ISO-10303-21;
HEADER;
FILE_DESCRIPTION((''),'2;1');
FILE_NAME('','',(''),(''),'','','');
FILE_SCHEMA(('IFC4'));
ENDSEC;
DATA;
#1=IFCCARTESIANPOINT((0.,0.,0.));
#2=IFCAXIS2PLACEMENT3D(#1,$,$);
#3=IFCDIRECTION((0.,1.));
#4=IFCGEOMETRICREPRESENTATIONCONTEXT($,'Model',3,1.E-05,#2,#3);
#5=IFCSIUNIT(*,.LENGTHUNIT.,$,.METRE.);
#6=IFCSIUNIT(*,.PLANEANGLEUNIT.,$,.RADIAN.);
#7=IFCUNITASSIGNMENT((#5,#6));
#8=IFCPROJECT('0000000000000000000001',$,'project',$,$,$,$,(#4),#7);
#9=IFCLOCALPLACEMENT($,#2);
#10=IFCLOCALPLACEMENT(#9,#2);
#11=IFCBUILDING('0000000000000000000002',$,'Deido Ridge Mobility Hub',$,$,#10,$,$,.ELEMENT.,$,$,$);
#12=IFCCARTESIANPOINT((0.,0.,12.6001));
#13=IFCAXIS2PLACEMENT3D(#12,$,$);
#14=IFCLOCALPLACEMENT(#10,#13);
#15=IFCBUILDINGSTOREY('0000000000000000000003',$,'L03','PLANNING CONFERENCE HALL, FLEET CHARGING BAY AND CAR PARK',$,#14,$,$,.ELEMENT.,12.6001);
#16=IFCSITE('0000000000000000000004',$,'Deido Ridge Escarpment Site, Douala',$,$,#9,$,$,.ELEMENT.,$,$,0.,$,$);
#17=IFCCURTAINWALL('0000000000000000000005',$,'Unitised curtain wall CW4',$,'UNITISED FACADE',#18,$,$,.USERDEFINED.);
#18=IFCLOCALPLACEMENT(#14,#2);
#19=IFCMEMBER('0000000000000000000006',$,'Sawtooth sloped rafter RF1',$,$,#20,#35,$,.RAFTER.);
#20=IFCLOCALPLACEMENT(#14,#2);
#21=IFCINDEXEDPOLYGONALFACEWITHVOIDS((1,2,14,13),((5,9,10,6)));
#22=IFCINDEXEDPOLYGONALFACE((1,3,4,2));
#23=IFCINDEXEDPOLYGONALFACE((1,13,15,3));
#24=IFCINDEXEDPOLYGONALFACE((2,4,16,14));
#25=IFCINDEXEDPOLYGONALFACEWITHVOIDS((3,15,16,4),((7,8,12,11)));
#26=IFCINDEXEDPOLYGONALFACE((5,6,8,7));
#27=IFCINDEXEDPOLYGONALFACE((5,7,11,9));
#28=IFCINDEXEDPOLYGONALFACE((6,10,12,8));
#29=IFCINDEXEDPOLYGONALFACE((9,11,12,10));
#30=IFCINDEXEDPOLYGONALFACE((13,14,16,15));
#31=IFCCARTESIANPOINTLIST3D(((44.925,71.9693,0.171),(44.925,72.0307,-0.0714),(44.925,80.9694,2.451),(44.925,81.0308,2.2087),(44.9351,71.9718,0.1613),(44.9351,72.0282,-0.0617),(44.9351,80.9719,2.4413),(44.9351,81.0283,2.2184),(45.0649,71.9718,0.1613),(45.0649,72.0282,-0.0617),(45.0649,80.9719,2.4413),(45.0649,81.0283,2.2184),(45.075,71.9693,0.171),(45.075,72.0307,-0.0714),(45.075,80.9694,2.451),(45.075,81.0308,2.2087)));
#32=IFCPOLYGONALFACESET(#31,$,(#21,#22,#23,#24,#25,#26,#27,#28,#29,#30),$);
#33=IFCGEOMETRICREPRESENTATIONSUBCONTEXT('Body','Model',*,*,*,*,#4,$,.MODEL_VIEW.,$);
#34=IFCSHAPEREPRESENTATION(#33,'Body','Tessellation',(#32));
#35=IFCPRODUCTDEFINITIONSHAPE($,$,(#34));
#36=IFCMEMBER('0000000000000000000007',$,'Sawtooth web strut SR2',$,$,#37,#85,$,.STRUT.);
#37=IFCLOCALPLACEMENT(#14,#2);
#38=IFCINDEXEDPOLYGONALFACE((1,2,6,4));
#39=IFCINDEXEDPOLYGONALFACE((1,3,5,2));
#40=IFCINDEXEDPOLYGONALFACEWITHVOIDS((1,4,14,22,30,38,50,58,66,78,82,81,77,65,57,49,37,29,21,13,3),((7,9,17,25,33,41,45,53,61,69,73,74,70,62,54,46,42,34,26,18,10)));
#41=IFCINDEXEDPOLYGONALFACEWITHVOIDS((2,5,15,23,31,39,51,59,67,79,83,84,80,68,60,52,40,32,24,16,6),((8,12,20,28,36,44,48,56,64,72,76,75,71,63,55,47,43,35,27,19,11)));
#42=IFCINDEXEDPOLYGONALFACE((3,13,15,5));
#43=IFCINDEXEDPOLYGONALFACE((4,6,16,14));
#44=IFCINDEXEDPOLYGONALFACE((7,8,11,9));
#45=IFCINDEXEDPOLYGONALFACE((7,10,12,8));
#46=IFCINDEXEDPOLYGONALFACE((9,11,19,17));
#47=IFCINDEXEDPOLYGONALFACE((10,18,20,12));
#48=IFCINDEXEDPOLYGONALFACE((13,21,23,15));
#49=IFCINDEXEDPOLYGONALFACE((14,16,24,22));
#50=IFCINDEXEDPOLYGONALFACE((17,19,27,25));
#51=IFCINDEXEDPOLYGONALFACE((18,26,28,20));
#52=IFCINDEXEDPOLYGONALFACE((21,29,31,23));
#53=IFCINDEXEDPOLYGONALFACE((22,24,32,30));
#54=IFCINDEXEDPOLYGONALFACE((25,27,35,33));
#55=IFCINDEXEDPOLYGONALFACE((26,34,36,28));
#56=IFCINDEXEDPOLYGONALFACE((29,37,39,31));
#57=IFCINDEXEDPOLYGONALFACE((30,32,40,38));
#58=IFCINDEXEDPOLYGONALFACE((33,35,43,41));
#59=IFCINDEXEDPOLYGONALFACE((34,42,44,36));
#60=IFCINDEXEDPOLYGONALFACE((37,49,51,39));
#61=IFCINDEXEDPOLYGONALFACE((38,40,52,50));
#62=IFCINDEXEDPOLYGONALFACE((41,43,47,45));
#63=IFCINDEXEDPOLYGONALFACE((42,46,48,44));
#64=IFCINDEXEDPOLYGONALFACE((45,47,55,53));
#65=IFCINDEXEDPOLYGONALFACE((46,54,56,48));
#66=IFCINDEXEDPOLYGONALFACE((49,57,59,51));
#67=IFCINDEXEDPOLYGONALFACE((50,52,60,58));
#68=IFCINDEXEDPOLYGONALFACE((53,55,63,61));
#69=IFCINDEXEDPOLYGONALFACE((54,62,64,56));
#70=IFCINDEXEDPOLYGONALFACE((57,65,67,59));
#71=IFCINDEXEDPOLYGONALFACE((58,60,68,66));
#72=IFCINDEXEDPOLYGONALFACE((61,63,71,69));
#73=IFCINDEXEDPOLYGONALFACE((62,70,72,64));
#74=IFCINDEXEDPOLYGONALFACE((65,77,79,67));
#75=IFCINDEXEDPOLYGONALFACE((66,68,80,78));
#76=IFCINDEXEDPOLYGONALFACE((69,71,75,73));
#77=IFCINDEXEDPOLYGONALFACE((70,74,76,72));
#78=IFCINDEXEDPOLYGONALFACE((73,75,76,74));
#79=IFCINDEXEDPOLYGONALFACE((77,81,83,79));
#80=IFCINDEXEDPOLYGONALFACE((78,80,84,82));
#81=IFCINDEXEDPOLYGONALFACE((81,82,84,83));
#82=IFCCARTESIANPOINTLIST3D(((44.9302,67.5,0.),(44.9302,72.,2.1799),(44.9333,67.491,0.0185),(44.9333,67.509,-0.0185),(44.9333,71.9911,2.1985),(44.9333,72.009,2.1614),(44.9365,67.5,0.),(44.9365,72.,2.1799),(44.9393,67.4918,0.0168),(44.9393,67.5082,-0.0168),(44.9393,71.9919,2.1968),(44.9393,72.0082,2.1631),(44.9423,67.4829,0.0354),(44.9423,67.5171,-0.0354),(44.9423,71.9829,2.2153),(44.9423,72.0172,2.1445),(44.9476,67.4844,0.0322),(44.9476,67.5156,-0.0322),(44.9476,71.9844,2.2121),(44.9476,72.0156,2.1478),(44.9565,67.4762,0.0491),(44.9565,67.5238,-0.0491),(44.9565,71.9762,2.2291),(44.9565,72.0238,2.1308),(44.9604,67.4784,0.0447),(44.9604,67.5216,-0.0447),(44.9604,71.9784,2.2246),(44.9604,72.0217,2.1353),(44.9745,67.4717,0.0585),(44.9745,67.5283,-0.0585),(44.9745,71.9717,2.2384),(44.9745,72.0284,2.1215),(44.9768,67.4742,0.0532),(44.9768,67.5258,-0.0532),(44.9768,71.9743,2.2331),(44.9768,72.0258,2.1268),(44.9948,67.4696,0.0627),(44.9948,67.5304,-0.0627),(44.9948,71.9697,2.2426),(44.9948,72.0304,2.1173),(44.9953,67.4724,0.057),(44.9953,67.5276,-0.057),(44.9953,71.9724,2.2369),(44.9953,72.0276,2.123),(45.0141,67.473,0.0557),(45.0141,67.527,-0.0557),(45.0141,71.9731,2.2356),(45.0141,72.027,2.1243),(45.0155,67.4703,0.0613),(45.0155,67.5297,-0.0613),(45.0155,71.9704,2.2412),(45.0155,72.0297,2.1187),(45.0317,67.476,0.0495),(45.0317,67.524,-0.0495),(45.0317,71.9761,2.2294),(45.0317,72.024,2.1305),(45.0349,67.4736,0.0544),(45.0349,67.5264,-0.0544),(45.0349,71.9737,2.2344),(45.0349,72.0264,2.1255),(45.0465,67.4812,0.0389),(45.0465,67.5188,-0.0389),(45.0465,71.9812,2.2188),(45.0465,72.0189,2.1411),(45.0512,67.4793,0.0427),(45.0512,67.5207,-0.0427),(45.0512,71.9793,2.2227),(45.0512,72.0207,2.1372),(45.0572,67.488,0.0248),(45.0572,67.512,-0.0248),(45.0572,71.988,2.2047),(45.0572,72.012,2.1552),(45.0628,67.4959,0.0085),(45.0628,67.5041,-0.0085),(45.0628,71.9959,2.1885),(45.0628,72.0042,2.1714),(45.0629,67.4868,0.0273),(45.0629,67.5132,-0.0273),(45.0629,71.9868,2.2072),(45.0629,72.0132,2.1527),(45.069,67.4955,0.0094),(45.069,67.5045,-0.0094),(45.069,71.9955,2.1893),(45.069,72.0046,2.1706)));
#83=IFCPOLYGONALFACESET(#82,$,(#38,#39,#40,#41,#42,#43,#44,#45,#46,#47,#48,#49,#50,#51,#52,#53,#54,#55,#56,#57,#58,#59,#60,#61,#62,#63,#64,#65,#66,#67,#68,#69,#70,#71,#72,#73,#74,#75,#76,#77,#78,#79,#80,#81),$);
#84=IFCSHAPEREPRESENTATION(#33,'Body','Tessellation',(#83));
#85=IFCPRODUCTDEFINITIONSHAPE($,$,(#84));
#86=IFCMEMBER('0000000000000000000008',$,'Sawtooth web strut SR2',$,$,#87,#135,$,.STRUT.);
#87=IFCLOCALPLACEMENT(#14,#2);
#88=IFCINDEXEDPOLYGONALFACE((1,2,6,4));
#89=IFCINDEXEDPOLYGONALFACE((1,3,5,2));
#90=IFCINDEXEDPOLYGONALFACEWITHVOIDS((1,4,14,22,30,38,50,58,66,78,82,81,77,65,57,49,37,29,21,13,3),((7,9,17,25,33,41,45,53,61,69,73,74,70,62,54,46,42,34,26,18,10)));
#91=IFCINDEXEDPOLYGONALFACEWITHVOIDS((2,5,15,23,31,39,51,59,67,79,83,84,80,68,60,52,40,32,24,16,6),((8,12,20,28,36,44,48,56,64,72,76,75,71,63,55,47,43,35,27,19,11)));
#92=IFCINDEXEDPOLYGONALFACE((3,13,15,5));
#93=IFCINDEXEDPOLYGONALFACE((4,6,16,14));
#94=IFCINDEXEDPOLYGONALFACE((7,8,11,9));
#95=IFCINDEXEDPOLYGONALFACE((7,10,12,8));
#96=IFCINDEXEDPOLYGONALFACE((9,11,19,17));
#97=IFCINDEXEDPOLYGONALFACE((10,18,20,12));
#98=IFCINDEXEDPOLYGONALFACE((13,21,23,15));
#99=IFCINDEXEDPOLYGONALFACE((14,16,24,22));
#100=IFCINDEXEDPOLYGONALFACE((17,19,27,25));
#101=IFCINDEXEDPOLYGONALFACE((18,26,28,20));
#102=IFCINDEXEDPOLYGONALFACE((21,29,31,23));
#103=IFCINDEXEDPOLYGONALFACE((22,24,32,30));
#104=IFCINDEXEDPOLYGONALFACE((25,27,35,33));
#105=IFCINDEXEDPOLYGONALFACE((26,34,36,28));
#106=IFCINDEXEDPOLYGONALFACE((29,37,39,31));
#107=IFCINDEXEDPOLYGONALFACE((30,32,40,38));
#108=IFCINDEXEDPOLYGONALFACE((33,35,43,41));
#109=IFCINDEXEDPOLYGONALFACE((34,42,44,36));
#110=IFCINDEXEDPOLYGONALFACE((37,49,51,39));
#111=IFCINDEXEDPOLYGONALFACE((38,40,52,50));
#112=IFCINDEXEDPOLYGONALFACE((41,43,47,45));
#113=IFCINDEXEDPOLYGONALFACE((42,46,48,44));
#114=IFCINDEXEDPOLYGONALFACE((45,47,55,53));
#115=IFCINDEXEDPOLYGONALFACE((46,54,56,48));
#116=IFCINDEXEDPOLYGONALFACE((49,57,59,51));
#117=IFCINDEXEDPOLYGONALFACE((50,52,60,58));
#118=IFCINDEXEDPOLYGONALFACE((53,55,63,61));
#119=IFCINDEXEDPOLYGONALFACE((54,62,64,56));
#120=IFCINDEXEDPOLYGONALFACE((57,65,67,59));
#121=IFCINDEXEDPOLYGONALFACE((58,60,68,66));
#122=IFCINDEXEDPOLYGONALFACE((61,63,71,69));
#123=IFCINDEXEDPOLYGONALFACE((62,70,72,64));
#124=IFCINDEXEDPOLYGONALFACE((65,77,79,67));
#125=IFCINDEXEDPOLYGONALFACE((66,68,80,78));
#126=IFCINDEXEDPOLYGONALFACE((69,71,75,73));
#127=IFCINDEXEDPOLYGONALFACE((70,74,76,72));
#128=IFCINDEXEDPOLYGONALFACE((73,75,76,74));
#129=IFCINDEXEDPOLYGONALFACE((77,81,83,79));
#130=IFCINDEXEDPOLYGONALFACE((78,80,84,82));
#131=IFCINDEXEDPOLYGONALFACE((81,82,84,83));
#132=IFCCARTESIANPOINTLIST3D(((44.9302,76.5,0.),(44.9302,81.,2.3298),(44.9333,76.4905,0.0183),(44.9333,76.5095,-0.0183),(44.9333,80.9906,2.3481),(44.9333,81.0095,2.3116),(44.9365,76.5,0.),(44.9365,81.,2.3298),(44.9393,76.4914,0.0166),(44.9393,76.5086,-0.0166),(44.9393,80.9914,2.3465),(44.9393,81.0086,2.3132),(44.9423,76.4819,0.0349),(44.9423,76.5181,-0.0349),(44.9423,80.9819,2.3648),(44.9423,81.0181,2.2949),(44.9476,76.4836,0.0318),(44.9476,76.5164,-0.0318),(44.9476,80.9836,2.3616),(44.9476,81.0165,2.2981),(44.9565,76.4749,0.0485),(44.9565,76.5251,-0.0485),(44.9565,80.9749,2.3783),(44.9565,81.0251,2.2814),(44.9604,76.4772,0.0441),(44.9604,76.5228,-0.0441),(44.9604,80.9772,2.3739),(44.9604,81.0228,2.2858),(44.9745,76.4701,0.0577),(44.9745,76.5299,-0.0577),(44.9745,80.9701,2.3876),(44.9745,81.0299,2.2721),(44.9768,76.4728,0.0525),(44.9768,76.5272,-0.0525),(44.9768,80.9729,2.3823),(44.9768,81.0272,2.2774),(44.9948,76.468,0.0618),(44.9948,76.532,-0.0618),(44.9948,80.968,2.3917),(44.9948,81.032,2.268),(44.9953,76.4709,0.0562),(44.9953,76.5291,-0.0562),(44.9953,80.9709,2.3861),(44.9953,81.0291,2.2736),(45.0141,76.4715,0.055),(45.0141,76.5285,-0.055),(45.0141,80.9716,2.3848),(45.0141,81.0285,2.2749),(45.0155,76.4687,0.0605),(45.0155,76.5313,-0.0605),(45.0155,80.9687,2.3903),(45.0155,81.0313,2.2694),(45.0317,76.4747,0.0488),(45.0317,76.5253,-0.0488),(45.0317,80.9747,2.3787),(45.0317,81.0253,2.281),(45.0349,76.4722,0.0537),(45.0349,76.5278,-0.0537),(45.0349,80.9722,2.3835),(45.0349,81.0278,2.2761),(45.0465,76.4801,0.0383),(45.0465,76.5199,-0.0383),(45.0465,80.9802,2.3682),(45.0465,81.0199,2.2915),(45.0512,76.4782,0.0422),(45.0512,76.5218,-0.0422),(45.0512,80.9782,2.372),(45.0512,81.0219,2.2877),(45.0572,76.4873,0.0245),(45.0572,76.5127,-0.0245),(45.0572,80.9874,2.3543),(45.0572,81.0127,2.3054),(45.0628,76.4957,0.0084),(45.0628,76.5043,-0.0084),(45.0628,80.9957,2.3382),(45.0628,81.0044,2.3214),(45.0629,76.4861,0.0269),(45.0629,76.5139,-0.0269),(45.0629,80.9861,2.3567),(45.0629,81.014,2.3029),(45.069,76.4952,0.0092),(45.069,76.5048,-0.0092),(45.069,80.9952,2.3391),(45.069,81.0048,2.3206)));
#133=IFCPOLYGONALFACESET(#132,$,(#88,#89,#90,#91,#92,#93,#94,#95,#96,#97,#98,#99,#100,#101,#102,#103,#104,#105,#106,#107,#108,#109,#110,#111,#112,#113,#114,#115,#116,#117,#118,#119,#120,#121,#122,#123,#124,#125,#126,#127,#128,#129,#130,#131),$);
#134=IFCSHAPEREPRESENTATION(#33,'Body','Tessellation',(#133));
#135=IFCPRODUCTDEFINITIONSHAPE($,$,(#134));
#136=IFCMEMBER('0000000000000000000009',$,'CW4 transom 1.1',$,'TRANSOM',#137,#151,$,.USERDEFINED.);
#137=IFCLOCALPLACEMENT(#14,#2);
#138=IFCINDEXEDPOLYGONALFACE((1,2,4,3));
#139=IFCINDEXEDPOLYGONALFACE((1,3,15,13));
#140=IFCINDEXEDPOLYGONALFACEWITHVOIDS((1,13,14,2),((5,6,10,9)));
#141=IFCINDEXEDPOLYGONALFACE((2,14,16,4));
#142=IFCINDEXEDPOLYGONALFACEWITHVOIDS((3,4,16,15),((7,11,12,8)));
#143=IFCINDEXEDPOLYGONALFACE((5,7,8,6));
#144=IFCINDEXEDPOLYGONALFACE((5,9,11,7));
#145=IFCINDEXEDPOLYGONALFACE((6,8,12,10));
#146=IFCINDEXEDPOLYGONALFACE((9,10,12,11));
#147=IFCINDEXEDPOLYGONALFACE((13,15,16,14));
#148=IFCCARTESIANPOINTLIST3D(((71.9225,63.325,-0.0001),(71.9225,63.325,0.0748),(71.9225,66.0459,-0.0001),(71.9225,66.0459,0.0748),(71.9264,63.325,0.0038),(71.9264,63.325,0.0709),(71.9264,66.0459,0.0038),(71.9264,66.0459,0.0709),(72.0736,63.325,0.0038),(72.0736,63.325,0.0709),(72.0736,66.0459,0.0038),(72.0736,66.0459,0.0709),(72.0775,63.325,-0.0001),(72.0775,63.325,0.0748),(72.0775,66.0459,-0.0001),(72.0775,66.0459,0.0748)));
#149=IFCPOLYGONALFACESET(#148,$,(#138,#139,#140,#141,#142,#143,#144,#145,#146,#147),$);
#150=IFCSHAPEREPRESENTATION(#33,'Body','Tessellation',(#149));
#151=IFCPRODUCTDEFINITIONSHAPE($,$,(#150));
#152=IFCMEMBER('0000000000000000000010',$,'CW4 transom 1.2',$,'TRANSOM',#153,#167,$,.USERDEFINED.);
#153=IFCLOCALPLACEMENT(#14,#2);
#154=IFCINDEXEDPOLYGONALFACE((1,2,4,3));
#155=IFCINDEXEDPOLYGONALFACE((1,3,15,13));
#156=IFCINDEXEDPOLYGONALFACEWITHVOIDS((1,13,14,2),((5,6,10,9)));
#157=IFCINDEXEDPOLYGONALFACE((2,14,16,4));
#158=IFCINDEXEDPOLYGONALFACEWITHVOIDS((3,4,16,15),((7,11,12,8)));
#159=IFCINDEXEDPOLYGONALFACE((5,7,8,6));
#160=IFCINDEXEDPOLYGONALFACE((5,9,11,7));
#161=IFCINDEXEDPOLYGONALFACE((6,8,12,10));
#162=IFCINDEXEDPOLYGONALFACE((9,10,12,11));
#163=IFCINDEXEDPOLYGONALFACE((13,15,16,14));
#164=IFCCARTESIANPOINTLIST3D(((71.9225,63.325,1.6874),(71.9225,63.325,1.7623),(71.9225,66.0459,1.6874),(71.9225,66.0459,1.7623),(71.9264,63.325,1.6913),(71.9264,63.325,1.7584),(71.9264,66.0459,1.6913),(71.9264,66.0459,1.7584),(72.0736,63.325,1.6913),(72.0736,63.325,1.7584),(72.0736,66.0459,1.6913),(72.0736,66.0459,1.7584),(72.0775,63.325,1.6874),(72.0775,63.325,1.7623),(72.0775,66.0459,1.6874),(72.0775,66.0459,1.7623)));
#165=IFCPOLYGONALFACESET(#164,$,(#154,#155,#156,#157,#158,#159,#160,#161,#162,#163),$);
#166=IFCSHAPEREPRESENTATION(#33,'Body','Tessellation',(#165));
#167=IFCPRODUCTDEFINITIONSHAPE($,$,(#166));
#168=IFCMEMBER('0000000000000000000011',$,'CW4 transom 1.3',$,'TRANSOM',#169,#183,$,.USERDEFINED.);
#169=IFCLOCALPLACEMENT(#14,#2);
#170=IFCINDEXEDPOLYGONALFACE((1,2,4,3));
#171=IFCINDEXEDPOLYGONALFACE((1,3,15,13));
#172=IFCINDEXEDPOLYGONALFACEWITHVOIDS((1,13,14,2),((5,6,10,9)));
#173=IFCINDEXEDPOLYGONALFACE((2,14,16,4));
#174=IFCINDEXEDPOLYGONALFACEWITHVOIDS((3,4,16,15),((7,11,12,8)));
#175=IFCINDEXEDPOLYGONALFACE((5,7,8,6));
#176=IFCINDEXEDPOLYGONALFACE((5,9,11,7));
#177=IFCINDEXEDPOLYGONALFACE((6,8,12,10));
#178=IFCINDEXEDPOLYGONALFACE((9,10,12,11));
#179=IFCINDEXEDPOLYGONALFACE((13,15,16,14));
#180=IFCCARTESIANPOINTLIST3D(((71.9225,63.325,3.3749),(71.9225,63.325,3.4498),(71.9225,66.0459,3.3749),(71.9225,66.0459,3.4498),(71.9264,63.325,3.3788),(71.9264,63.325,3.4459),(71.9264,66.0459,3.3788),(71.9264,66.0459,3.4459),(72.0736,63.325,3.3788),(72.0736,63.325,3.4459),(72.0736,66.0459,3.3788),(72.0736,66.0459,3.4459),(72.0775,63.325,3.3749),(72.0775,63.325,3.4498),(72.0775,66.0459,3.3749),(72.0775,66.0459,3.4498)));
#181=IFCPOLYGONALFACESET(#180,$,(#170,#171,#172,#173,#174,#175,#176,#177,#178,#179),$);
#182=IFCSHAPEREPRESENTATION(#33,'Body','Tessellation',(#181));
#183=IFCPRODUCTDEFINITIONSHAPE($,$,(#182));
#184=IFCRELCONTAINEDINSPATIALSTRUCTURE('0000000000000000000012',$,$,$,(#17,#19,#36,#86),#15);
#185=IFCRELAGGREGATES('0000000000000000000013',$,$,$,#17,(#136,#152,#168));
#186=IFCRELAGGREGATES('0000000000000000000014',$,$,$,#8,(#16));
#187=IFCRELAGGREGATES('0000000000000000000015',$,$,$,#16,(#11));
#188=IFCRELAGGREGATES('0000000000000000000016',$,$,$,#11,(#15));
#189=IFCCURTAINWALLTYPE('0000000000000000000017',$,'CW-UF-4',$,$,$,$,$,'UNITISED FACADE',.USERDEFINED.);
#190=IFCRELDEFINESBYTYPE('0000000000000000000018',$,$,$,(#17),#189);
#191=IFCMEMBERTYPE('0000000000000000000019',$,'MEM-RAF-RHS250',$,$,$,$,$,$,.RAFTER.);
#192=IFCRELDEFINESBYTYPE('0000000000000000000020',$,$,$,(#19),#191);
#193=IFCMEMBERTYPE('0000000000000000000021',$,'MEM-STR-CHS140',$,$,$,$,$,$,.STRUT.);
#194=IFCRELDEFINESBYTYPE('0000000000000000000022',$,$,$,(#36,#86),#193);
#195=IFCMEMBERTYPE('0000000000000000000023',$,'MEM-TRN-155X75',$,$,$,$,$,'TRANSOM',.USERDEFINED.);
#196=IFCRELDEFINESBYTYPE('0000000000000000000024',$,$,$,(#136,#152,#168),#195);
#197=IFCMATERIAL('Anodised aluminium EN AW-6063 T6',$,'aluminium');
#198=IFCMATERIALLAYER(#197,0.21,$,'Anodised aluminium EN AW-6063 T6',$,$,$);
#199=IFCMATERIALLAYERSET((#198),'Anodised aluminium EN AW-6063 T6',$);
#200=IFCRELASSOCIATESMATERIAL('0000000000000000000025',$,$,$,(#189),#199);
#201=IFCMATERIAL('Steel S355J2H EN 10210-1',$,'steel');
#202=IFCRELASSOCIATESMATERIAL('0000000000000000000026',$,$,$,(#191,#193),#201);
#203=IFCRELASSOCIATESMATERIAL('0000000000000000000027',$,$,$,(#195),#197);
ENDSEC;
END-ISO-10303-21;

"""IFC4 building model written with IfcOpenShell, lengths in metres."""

from ifc_helpers import new_model, si_unit, direction, frame, origin, origin_2d, place, context, subcontext, project, spatial, hollow_rectangle, hollow_circle, extrude, material, layer, layer_set, material_profile, profile_set, type_object, element, aggregate, save


model = new_model("IFC4")

# Units and contexts
model_context = context("Model", 3, precision=1e-05, world=origin(), true_north=direction((0.0, 1.0)))
body_context = subcontext(model_context, "Body", "Model", "MODEL_VIEW")
ifc_project = project(units=[si_unit("LENGTHUNIT", "METRE"), si_unit("PLANEANGLEUNIT", "RADIAN")], contexts=[model_context])

# Site, building, storey
site_placement = place(None, origin())
site = spatial("IfcSite", under=ifc_project, at=site_placement, Name="Deido Ridge Escarpment Site, Douala", CompositionType="ELEMENT", RefElevation=0.0)
building_placement = place(site_placement, origin())
building = spatial("IfcBuilding", under=site, at=building_placement, Name="Deido Ridge Mobility Hub", CompositionType="ELEMENT")
storey_placement = place(building_placement, frame((0.0, 0.0, 12.6001)))
storey = spatial("IfcBuildingStorey", under=building, at=storey_placement, Name="L03", Description="PLANNING CONFERENCE HALL, FLEET CHARGING BAY AND CAR PARK", CompositionType="ELEMENT", Elevation=12.6001)

# Shared definitions
ifc_material_1 = material(Name="Steel S355J2H EN 10210-1", Category="steel")

# Shared definitions
ifc_material_2 = material(Name="Anodised aluminium EN AW-6063 T6", Category="aluminium")

# Curtain wall
ifc_layer_1 = layer(ifc_material_2, 0.21, Name="Anodised aluminium EN AW-6063 T6")
ifc_layer_set_1 = layer_set([ifc_layer_1], Name="Anodised aluminium EN AW-6063 T6")
curtain_wall_type_1 = type_object("IfcCurtainWallType", Name="CW-UF-4", ElementType="UNITISED FACADE", PredefinedType="USERDEFINED", material=ifc_layer_set_1)
curtain_wall_1_placement = place(storey_placement, origin())
curtain_wall_1 = element("IfcCurtainWall", 1, at=curtain_wall_1_placement, inside=storey, type_object=curtain_wall_type_1, Name="Unitised curtain wall CW4", ObjectType="UNITISED FACADE", PredefinedType="USERDEFINED")

# Members
ifc_material_profile_1 = material_profile(ifc_material_1, hollow_rectangle(XDim=0.1499, YDim=0.25, WallThickness=0.01, at=origin_2d()), Name="RHS 250x150x10")
ifc_profile_set_1 = profile_set([ifc_material_profile_1], Name="Steel S355J2H EN 10210-1")
member_type_1 = type_object("IfcMemberType", Name="MEM-RAF-RHS250", PredefinedType="RAFTER", material=ifc_profile_set_1)
member_1_placement = place(storey_placement, frame((45.0, 72.0, 0.0498), z_axis=(0.0, 0.969377, 0.245579), x_axis=(-1.0, 0.0, 0.0)))
element("IfcMember", 2, at=member_1_placement, inside=storey, type_object=member_type_1, Name="Sawtooth sloped rafter RF1", PredefinedType="RAFTER", context=body_context, shape_type="SweptSolid", body=[
    extrude(hollow_rectangle(XDim=0.1499, YDim=0.25, WallThickness=0.01, at=origin_2d()), origin(), (0.0, 0.0, 1.0), 9.2844),
])
ifc_material_profile_2 = material_profile(ifc_material_1, hollow_circle(Radius=0.0698, WallThickness=0.0063, at=origin_2d()), Name="CHS 139.7x6.3")
ifc_profile_set_2 = profile_set([ifc_material_profile_2], Name="Steel S355J2H EN 10210-1")
member_type_2 = type_object("IfcMemberType", Name="MEM-STR-CHS140", PredefinedType="STRUT", material=ifc_profile_set_2)
member_2_placement = place(storey_placement, frame((45.0, 67.5, 0.0), z_axis=(0.0, 0.899962, 0.435968), x_axis=(-1.0, 0.0, 0.0)))
element("IfcMember", 3, at=member_2_placement, inside=storey, type_object=member_type_2, Name="Sawtooth web strut SR2", PredefinedType="STRUT", context=body_context, shape_type="SweptSolid", body=[
    extrude(hollow_circle(Radius=0.0698, WallThickness=0.0063, at=origin_2d()), origin(), (0.0, 0.0, 1.0), 5.0002),
])
member_3_placement = place(storey_placement, frame((45.0, 76.5, 0.0), z_axis=(0.0, 0.888037, 0.459773), x_axis=(-1.0, 0.0, 0.0)))
element("IfcMember", 4, at=member_3_placement, inside=storey, type_object=member_type_2, Name="Sawtooth web strut SR2", PredefinedType="STRUT", context=body_context, shape_type="SweptSolid", body=[
    extrude(hollow_circle(Radius=0.0698, WallThickness=0.0063, at=origin_2d()), origin(), (0.0, 0.0, 1.0), 5.0674),
])

# Members
ifc_material_profile_3 = material_profile(ifc_material_2, hollow_rectangle(XDim=0.155, YDim=0.075, WallThickness=0.0039, at=origin_2d()), Name="RHS 155x75x4")
ifc_profile_set_3 = profile_set([ifc_material_profile_3], Name="Anodised aluminium EN AW-6063 T6")
member_type_3 = type_object("IfcMemberType", Name="MEM-TRN-155X75", ElementType="TRANSOM", PredefinedType="USERDEFINED", material=ifc_profile_set_3)
member_4_placement = place(storey_placement, frame((72.0, 63.325, 0.0374), z_axis=(0.0, 1.0, 0.0), x_axis=(-1.0, 0.0, 0.0)))
member_4 = element("IfcMember", 5, at=member_4_placement, type_object=member_type_3, Name="CW4 transom 1.1", ObjectType="TRANSOM", PredefinedType="USERDEFINED", context=body_context, shape_type="SweptSolid", body=[
    extrude(hollow_rectangle(XDim=0.155, YDim=0.075, WallThickness=0.0039, at=origin_2d()), origin(), (0.0, 0.0, 1.0), 2.7209),
])
member_5_placement = place(storey_placement, frame((72.0, 63.325, 1.7249), z_axis=(0.0, 1.0, 0.0), x_axis=(-1.0, 0.0, 0.0)))
member_5 = element("IfcMember", 6, at=member_5_placement, type_object=member_type_3, Name="CW4 transom 1.2", ObjectType="TRANSOM", PredefinedType="USERDEFINED", context=body_context, shape_type="SweptSolid", body=[
    extrude(hollow_rectangle(XDim=0.155, YDim=0.075, WallThickness=0.0039, at=origin_2d()), origin(), (0.0, 0.0, 1.0), 2.7209),
])
member_6_placement = place(storey_placement, frame((72.0, 63.325, 3.4124), z_axis=(0.0, 1.0, 0.0), x_axis=(-1.0, 0.0, 0.0)))
member_6 = element("IfcMember", 7, at=member_6_placement, type_object=member_type_3, Name="CW4 transom 1.3", ObjectType="TRANSOM", PredefinedType="USERDEFINED", context=body_context, shape_type="SweptSolid", body=[
    extrude(hollow_rectangle(XDim=0.155, YDim=0.075, WallThickness=0.0039, at=origin_2d()), origin(), (0.0, 0.0, 1.0), 2.7209),
])

aggregate(curtain_wall_1, [member_4, member_5, member_6])

save(model, "model.ifc")
